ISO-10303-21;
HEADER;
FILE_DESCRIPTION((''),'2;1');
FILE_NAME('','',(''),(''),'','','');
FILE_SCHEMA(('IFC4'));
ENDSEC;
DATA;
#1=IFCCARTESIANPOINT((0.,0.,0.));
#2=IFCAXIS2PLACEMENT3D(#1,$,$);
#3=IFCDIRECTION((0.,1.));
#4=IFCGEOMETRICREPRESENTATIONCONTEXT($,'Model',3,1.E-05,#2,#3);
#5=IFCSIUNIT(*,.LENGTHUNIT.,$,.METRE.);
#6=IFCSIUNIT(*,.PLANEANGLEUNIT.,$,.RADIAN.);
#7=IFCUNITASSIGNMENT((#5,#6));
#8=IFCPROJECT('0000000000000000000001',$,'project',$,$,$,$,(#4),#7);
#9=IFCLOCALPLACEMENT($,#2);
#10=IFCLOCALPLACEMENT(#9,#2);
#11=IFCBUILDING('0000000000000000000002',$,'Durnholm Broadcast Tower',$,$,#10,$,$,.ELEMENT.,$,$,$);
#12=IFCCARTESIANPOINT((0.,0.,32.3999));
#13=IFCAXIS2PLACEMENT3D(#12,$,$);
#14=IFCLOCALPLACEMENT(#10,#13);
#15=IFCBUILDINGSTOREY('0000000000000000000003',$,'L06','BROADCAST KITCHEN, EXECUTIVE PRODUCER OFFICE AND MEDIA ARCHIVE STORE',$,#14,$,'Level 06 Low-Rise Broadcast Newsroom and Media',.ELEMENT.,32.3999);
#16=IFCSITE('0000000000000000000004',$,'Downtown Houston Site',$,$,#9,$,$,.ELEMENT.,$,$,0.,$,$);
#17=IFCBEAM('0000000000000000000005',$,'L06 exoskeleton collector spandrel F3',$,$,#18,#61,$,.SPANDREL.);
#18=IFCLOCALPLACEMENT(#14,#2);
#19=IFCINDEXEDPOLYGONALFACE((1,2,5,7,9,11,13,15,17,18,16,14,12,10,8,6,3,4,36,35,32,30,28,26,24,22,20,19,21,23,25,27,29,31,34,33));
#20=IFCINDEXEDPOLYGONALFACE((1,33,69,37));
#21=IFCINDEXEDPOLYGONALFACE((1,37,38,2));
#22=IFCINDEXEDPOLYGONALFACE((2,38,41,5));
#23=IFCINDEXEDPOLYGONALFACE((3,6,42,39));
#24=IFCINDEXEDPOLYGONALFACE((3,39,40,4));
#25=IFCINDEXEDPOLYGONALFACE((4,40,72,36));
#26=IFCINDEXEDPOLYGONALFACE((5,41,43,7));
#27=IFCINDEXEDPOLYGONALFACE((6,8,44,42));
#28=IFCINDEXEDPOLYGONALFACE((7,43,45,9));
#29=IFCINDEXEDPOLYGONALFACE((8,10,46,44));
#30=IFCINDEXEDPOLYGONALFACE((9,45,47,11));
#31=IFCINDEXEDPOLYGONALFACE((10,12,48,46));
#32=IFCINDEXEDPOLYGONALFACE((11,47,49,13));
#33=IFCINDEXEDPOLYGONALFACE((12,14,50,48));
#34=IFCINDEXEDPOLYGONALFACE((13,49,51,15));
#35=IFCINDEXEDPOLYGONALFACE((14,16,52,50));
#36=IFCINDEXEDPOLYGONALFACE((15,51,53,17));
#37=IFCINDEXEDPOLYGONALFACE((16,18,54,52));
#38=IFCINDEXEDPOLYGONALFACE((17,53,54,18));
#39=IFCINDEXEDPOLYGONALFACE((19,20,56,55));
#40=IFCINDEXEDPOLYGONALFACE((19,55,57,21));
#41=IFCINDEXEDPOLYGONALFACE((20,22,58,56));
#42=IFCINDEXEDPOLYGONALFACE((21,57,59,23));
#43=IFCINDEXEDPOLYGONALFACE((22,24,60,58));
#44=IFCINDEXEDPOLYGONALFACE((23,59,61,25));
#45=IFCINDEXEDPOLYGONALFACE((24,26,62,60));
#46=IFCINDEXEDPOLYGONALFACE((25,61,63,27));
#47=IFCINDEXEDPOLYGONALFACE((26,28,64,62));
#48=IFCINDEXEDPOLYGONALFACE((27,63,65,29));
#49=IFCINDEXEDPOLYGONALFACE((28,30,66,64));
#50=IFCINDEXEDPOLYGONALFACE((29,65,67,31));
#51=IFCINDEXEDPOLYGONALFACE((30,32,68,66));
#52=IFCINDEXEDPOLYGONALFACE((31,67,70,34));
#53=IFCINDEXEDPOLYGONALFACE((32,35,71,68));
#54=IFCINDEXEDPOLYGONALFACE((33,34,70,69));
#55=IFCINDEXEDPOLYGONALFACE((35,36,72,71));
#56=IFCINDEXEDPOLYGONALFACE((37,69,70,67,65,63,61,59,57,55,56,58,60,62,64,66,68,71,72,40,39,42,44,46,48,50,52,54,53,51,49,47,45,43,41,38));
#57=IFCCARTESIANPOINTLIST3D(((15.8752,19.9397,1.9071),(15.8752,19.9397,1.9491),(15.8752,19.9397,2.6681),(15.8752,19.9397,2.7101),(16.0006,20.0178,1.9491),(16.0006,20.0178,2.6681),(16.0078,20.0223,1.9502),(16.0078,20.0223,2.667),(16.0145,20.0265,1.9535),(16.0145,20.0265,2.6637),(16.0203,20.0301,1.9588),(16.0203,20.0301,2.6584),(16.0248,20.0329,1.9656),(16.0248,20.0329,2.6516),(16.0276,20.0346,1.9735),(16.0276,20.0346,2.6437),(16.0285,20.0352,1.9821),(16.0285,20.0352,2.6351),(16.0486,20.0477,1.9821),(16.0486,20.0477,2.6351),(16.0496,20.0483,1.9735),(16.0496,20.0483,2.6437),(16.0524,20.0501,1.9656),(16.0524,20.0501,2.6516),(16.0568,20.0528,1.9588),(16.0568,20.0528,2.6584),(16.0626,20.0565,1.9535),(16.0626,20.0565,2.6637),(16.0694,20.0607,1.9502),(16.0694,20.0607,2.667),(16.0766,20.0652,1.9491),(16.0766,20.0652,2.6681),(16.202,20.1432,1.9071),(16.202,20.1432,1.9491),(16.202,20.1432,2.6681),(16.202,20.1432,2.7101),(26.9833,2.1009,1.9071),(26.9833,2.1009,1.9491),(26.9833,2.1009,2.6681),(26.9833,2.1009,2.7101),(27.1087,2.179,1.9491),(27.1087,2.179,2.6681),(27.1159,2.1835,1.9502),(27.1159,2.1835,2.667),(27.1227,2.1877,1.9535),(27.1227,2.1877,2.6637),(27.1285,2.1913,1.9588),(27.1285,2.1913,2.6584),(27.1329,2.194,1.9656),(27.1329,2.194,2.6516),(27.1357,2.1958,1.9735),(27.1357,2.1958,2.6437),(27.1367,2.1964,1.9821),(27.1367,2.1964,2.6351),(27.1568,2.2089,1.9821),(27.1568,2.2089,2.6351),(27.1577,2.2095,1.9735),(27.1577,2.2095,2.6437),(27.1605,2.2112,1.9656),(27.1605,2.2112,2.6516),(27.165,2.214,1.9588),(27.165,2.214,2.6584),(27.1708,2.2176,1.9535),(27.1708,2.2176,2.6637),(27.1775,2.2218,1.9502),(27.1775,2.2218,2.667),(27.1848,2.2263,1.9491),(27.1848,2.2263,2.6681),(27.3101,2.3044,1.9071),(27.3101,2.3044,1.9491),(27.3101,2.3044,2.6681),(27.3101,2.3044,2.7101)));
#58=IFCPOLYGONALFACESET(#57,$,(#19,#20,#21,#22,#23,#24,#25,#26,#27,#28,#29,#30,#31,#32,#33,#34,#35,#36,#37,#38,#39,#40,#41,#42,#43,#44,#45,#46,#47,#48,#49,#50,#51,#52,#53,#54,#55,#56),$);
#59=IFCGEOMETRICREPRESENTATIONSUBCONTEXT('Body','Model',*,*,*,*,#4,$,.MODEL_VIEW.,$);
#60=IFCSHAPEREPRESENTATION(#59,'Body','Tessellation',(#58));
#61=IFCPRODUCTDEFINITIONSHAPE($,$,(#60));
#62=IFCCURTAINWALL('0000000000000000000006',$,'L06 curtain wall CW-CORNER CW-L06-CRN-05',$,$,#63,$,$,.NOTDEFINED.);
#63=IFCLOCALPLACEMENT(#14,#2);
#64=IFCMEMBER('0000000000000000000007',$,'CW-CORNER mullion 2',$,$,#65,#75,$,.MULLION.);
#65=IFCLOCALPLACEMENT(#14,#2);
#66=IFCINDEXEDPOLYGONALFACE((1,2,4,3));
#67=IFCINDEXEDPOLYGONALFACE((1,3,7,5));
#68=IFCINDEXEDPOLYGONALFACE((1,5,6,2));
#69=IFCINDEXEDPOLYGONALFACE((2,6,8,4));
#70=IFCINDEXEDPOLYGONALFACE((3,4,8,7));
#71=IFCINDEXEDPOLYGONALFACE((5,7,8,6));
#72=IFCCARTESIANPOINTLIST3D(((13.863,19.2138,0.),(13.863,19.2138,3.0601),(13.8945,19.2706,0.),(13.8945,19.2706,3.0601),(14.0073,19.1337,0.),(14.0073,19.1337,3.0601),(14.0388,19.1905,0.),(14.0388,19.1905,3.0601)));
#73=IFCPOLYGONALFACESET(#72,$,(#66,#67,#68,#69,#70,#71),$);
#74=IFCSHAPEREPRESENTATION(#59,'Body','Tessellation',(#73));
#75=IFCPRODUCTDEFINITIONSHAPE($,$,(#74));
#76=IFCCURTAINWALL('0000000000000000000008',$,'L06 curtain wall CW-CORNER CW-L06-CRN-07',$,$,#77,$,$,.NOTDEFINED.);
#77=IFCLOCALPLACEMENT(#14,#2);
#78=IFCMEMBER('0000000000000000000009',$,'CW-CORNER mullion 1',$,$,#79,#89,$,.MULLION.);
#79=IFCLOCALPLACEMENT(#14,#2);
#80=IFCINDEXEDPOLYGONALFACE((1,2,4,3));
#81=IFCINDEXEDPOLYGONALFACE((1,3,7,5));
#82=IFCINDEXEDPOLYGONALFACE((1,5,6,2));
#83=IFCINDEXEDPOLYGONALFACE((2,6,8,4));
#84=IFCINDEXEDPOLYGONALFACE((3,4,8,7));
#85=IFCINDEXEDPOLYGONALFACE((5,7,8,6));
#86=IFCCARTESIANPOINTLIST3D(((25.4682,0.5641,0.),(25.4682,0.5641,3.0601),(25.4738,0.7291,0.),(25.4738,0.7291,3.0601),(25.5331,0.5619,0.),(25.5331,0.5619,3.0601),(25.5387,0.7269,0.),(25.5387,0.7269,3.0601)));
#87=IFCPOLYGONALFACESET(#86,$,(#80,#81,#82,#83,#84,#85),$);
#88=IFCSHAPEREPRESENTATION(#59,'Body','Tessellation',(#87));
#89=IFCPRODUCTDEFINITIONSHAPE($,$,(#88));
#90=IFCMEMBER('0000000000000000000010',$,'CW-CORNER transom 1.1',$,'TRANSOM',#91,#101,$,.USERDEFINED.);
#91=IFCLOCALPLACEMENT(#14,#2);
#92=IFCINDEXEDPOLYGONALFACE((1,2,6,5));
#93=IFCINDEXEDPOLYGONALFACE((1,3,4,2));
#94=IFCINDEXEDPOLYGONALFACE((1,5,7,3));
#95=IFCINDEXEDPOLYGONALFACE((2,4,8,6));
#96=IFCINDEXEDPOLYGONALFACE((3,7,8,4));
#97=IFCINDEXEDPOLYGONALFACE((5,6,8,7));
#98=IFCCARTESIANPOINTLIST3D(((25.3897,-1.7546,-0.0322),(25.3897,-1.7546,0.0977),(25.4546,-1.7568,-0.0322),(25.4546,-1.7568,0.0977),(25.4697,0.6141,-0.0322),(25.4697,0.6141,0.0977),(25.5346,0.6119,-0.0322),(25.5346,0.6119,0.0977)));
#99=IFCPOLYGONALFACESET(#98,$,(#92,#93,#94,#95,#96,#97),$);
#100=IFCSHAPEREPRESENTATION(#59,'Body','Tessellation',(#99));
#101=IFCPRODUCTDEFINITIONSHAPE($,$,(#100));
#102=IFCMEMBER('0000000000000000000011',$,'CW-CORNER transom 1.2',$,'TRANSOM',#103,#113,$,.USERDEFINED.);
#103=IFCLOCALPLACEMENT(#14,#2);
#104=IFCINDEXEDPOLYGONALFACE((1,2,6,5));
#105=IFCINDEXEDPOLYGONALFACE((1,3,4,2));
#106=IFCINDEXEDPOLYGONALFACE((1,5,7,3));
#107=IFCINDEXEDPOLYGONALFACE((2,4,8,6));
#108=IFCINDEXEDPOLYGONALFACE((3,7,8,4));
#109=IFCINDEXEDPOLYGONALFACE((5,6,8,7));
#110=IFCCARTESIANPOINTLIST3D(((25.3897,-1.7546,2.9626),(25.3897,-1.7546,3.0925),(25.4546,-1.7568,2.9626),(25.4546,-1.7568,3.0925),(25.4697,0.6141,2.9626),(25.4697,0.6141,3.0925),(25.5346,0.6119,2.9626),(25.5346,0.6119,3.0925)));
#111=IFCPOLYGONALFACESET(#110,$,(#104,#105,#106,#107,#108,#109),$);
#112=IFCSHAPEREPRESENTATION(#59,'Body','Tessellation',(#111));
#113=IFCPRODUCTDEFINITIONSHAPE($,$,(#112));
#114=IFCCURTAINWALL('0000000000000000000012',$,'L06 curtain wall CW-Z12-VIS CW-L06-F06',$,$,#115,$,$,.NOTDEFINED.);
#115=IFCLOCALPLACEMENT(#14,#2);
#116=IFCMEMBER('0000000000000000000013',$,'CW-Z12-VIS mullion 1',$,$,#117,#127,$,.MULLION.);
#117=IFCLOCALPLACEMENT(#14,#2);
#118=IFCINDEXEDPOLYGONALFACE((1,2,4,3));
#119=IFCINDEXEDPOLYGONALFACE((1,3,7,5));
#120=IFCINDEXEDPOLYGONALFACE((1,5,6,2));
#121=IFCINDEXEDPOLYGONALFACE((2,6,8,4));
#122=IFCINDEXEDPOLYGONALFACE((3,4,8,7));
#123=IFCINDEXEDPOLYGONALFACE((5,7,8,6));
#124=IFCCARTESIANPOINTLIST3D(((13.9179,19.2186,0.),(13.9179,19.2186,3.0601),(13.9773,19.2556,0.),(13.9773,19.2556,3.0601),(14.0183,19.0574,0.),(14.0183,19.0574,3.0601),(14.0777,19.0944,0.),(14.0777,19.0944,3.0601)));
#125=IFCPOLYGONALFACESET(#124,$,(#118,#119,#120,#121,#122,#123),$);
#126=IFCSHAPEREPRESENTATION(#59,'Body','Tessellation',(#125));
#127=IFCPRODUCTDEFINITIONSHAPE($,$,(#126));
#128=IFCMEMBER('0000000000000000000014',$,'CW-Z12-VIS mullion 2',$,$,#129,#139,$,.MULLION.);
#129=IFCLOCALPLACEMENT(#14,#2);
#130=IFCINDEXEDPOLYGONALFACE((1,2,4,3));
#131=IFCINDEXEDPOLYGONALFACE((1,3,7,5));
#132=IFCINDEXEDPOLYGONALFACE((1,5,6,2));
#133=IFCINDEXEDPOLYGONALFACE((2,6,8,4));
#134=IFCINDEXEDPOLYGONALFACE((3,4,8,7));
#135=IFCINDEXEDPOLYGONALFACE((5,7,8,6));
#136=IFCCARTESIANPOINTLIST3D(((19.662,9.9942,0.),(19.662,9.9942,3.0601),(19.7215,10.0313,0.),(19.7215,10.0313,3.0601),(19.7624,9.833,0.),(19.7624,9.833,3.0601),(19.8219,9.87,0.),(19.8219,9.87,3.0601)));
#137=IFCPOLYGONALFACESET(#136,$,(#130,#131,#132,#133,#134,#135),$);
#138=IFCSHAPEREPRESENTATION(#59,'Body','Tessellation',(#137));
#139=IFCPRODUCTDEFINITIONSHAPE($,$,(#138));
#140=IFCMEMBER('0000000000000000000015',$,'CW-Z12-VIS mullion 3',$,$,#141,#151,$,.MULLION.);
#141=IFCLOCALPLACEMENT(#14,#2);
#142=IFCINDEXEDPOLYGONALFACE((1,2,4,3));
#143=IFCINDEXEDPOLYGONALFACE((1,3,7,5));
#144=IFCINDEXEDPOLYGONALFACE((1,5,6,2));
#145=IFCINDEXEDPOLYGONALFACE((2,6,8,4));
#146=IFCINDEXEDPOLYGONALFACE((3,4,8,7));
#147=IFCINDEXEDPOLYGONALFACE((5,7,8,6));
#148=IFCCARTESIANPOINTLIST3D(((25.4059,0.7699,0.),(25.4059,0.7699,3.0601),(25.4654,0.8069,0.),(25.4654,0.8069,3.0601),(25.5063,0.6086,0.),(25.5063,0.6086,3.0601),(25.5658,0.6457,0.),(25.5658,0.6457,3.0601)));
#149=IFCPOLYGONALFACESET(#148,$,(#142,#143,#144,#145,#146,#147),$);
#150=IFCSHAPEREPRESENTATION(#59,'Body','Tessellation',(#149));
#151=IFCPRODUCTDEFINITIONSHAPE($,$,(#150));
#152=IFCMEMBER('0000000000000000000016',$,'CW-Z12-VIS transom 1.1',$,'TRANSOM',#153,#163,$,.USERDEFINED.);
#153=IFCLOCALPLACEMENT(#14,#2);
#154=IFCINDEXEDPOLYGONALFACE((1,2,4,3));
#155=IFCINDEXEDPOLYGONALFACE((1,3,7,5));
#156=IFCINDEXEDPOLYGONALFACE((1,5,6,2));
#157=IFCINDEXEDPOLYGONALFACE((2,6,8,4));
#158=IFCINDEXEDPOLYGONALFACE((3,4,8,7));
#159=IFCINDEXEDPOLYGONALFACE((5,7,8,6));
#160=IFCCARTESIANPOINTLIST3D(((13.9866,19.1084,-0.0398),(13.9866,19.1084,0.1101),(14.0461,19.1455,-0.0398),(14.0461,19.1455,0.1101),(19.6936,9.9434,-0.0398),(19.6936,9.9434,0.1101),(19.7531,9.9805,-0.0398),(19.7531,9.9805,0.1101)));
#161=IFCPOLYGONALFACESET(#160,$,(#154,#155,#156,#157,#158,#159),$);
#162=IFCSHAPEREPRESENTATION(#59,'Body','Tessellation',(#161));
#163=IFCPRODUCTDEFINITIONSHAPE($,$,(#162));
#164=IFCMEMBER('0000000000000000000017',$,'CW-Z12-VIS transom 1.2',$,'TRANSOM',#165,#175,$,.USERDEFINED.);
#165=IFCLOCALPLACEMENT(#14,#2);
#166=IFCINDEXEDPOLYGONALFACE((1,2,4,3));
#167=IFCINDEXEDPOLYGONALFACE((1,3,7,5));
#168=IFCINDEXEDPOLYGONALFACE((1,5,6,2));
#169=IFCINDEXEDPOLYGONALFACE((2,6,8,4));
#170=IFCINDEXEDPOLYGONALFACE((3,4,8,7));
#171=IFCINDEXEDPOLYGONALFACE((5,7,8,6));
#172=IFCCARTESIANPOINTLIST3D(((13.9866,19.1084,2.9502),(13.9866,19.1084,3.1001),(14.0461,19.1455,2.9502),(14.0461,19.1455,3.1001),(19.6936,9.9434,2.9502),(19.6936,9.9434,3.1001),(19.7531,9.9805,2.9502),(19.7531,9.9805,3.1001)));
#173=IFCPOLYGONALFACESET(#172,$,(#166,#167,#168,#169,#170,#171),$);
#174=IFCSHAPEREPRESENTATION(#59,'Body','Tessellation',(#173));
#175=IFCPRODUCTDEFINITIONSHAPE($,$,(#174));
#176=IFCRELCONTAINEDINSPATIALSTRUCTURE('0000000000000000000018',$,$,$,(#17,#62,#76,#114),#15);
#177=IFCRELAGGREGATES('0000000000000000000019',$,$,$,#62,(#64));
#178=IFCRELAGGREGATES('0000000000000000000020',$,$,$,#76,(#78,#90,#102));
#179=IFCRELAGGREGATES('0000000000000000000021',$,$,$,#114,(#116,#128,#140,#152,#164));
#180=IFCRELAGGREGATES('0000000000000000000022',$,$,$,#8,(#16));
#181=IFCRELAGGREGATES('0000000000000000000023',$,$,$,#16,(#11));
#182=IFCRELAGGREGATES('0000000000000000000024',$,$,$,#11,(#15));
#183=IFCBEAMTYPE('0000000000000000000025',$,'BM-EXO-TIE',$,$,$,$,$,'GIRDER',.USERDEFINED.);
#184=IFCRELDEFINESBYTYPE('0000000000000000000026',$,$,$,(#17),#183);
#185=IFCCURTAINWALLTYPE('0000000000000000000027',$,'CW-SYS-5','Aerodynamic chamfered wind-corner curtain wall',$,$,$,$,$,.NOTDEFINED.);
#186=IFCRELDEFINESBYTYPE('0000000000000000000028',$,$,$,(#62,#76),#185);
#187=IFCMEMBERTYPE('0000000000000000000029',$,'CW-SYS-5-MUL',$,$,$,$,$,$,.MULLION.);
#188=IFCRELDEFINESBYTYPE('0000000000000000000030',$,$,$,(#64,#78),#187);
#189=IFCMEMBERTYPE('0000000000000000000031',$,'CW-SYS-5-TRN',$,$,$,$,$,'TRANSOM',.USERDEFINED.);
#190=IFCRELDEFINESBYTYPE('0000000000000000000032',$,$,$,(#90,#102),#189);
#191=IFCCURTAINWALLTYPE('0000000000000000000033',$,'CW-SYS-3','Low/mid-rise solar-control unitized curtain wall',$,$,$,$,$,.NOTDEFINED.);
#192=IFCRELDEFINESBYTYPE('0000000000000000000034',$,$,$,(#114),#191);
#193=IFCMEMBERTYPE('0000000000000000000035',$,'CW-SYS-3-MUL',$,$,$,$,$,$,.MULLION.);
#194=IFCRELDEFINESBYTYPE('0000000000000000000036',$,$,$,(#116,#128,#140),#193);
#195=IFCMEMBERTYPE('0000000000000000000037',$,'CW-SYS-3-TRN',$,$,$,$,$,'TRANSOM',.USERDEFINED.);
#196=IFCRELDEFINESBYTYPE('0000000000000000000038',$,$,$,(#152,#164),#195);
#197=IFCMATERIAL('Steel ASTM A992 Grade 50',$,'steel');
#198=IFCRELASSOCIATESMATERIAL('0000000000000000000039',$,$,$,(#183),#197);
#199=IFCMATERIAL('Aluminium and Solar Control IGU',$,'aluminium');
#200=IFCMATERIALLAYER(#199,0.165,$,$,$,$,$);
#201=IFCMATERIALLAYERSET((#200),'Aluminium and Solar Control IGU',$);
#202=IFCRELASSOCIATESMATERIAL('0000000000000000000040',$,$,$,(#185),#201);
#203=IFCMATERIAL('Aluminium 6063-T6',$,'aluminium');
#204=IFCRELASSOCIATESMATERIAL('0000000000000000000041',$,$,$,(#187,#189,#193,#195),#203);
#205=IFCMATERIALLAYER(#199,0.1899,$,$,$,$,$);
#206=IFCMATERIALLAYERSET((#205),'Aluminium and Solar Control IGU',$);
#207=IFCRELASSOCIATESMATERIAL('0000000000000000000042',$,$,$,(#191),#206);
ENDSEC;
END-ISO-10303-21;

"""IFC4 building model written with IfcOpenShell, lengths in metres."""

from ifc_helpers import new_model, si_unit, direction, frame, origin, origin_2d, place, context, subcontext, project, spatial, rectangle, i_section, extrude, source, transform, mapped, material, layer, layer_set, material_profile, profile_set, type_object, type_shapes, element, aggregate, save


model = new_model("IFC4")

# Units and contexts
model_context = context("Model", 3, precision=1e-05, world=origin(), true_north=direction((0.0, 1.0)))
body_context = subcontext(model_context, "Body", "Model", "MODEL_VIEW")
ifc_project = project(units=[si_unit("LENGTHUNIT", "METRE"), si_unit("PLANEANGLEUNIT", "RADIAN")], contexts=[model_context])

# Site, building, storey
site_placement = place(None, origin())
site = spatial("IfcSite", under=ifc_project, at=site_placement, Name="Downtown Houston Site", CompositionType="ELEMENT", RefElevation=0.0)
building_placement = place(site_placement, origin())
building = spatial("IfcBuilding", under=site, at=building_placement, Name="Durnholm Broadcast Tower", CompositionType="ELEMENT")
storey_placement = place(building_placement, frame((0.0, 0.0, 32.3999)))
storey = spatial("IfcBuildingStorey", under=building, at=storey_placement, Name="L06", Description="BROADCAST KITCHEN, EXECUTIVE PRODUCER OFFICE AND MEDIA ARCHIVE STORE", LongName="Level 06 Low-Rise Broadcast Newsroom and Media", CompositionType="ELEMENT", Elevation=32.3999)

# Shared definitions
ifc_material_1 = material(Name="Steel ASTM A992 Grade 50", Category="steel")
ifc_material_profile_1 = material_profile(ifc_material_1, i_section(OverallWidth=0.385, OverallDepth=0.803, WebThickness=0.0237, FlangeThickness=0.042, FilletRadius=0.033, at=origin_2d()), Name="W30X261")
ifc_profile_set_1 = profile_set([ifc_material_profile_1], Name="Steel ASTM A992 Grade 50")
beam_type_1 = type_object("IfcBeamType", Name="BM-EXO-TIE", ElementType="GIRDER", PredefinedType="USERDEFINED", material=ifc_profile_set_1)

# Beam
shared_shape_1 = source(origin(), body_context, "Body", "SweptSolid", [
    extrude(i_section(OverallWidth=0.385, OverallDepth=0.803, WebThickness=0.0237, FlangeThickness=0.042, FilletRadius=0.033, at=origin_2d()), origin(), (0.0, 0.0, 1.0), 21.0146),
])
for number, where, z_axis, x_axis, name in (
    (1, (27.1467, 2.2026, 2.3086), (-0.528591, 0.848877, 0.0), (-0.848877, -0.528591, 0.0), "L06 exoskeleton collector spandrel F3"),
):
    element("IfcBeam", number, at=place(storey_placement, frame(where, z_axis=z_axis, x_axis=x_axis)), inside=storey, type_object=beam_type_1, Name=name, PredefinedType="SPANDREL", context=body_context, shape_type="MappedRepresentation", body=[
        mapped(shared_shape_1, transform((0.0, 0.0, 0.0), x_axis=(1.0, 0.0, 0.0), y_axis=(0.0, 1.0, 0.0), z_axis=(0.0, 0.0, 1.0), scale=1.0)),
    ])

# Curtain wall, member
ifc_material_2 = material(Name="Aluminium and Solar Control IGU", Category="aluminium")
ifc_layer_1 = layer(ifc_material_2, 0.165)
ifc_layer_set_1 = layer_set([ifc_layer_1], Name="Aluminium and Solar Control IGU")
curtain_wall_type_1 = type_object("IfcCurtainWallType", Name="CW-SYS-5", Description="Aerodynamic chamfered wind-corner curtain wall", PredefinedType="NOTDEFINED", material=ifc_layer_set_1)
curtain_wall_1_placement = place(storey_placement, origin())
curtain_wall_1 = element("IfcCurtainWall", 2, at=curtain_wall_1_placement, inside=storey, type_object=curtain_wall_type_1, Name="L06 curtain wall CW-CORNER CW-L06-CRN-05", PredefinedType="NOTDEFINED")
ifc_material_3 = material(Name="Aluminium 6063-T6", Category="aluminium")
ifc_material_profile_2 = material_profile(ifc_material_3, rectangle(XDim=0.0649, YDim=0.165, at=origin_2d()), Name="CWM65X165")
ifc_profile_set_2 = profile_set([ifc_material_profile_2], Name="Aluminium 6063-T6")
member_type_1 = type_object("IfcMemberType", Name="CW-SYS-5-MUL", PredefinedType="MULLION", material=ifc_profile_set_2)
shared_shape_2 = source(origin(), body_context, "Body", "SweptSolid", [
    extrude(rectangle(XDim=0.0649, YDim=0.165, at=origin_2d()), origin(), (0.0, 0.0, 1.0), 3.0601),
])
type_shapes(member_type_1, [shared_shape_2])
member_1_placement = place(storey_placement, frame((13.9509, 19.2021, 0.0), z_axis=(0.0, 0.0, 1.0), x_axis=(0.485483, 0.874246, 0.0)))
member_1 = element("IfcMember", 3, at=member_1_placement, type_object=member_type_1, Name="CW-CORNER mullion 2", PredefinedType="MULLION", context=body_context, shape_type="MappedRepresentation", body=[
    mapped(shared_shape_2, transform((0.0, 0.0, 0.0), x_axis=(1.0, 0.0, 0.0), y_axis=(0.0, 1.0, 0.0), z_axis=(0.0, 0.0, 1.0), scale=1.0)),
])
aggregate(curtain_wall_1, [member_1])

# Curtain walls, members
curtain_wall_2_placement = place(storey_placement, origin())
curtain_wall_2 = element("IfcCurtainWall", 4, at=curtain_wall_2_placement, inside=storey, type_object=curtain_wall_type_1, Name="L06 curtain wall CW-CORNER CW-L06-CRN-07", PredefinedType="NOTDEFINED")
member_2_placement = place(storey_placement, frame((25.5034, 0.6455, 0.0), z_axis=(0.0, 0.0, 1.0), x_axis=(0.999427, -0.03384, 0.0)))
member_2 = element("IfcMember", 5, at=member_2_placement, type_object=member_type_1, Name="CW-CORNER mullion 1", PredefinedType="MULLION", context=body_context, shape_type="MappedRepresentation", body=[
    mapped(shared_shape_2, transform((0.0, 0.0, 0.0), x_axis=(1.0, 0.0, 0.0), y_axis=(0.0, 1.0, 0.0), z_axis=(0.0, 0.0, 1.0), scale=1.0)),
])
ifc_material_profile_3 = material_profile(ifc_material_3, rectangle(XDim=0.0649, YDim=0.1299, at=origin_2d()), Name="CWT65X130")
ifc_profile_set_3 = profile_set([ifc_material_profile_3], Name="Aluminium 6063-T6")
member_type_2 = type_object("IfcMemberType", Name="CW-SYS-5-TRN", ElementType="TRANSOM", PredefinedType="USERDEFINED", material=ifc_profile_set_3)
shared_shape_3 = source(origin(), body_context, "Body", "SweptSolid", [
    extrude(rectangle(XDim=0.0649, YDim=0.1299, at=origin_2d()), origin(), (0.0, 0.0, 1.0), 2.3701),
])
type_shapes(member_type_2, [shared_shape_3])
member_3_placement = place(storey_placement, frame((25.5022, 0.613, 0.0327), z_axis=(-0.033788, -0.999429, 0.0), x_axis=(0.999429, -0.033788, 0.0)))
member_3 = element("IfcMember", 6, at=member_3_placement, type_object=member_type_2, Name="CW-CORNER transom 1.1", ObjectType="TRANSOM", PredefinedType="USERDEFINED", context=body_context, shape_type="MappedRepresentation", body=[
    mapped(shared_shape_3, transform((0.0, 0.0, 0.0), x_axis=(1.0, 0.0, 0.0), y_axis=(0.0, 1.0, 0.0), z_axis=(0.0, 0.0, 1.0), scale=1.0)),
])
member_4_placement = place(storey_placement, frame((25.5022, 0.613, 3.0276), z_axis=(-0.033788, -0.999429, 0.0), x_axis=(0.999429, -0.033788, 0.0)))
member_4 = element("IfcMember", 7, at=member_4_placement, type_object=member_type_2, Name="CW-CORNER transom 1.2", ObjectType="TRANSOM", PredefinedType="USERDEFINED", context=body_context, shape_type="MappedRepresentation", body=[
    mapped(shared_shape_3, transform((0.0, 0.0, 0.0), x_axis=(1.0, 0.0, 0.0), y_axis=(0.0, 1.0, 0.0), z_axis=(0.0, 0.0, 1.0), scale=1.0)),
])
aggregate(curtain_wall_2, [member_2, member_3, member_4])
ifc_layer_2 = layer(ifc_material_2, 0.1899)
ifc_layer_set_2 = layer_set([ifc_layer_2], Name="Aluminium and Solar Control IGU")
curtain_wall_type_2 = type_object("IfcCurtainWallType", Name="CW-SYS-3", Description="Low/mid-rise solar-control unitized curtain wall", PredefinedType="NOTDEFINED", material=ifc_layer_set_2)
curtain_wall_3_placement = place(storey_placement, origin())
curtain_wall_3 = element("IfcCurtainWall", 8, at=curtain_wall_3_placement, inside=storey, type_object=curtain_wall_type_2, Name="L06 curtain wall CW-Z12-VIS CW-L06-F06", PredefinedType="NOTDEFINED")
ifc_material_profile_4 = material_profile(ifc_material_3, rectangle(XDim=0.0701, YDim=0.1899, at=origin_2d()), Name="CWM70X190")
ifc_profile_set_4 = profile_set([ifc_material_profile_4], Name="Aluminium 6063-T6")
member_type_3 = type_object("IfcMemberType", Name="CW-SYS-3-MUL", PredefinedType="MULLION", material=ifc_profile_set_4)
shared_shape_4 = source(origin(), body_context, "Body", "SweptSolid", [
    extrude(rectangle(XDim=0.0701, YDim=0.1899, at=origin_2d()), origin(), (0.0, 0.0, 1.0), 3.0601),
])
type_shapes(member_type_3, [shared_shape_4])
member_5_placement = place(storey_placement, frame((13.9978, 19.1565, 0.0), z_axis=(0.0, 0.0, 1.0), x_axis=(0.848876, 0.528592, 0.0)))
member_5 = element("IfcMember", 9, at=member_5_placement, type_object=member_type_3, Name="CW-Z12-VIS mullion 1", PredefinedType="MULLION", context=body_context, shape_type="MappedRepresentation", body=[
    mapped(shared_shape_4, transform((0.0, 0.0, 0.0), x_axis=(1.0, 0.0, 0.0), y_axis=(0.0, 1.0, 0.0), z_axis=(0.0, 0.0, 1.0), scale=1.0)),
])
member_6_placement = place(storey_placement, frame((19.7419, 9.9321, 0.0), z_axis=(0.0, 0.0, 1.0), x_axis=(0.848876, 0.528592, 0.0)))
member_6 = element("IfcMember", 10, at=member_6_placement, type_object=member_type_3, Name="CW-Z12-VIS mullion 2", PredefinedType="MULLION", context=body_context, shape_type="MappedRepresentation", body=[
    mapped(shared_shape_4, transform((0.0, 0.0, 0.0), x_axis=(1.0, 0.0, 0.0), y_axis=(0.0, 1.0, 0.0), z_axis=(0.0, 0.0, 1.0), scale=1.0)),
])
member_7_placement = place(storey_placement, frame((25.4858, 0.7078, 0.0), z_axis=(0.0, 0.0, 1.0), x_axis=(0.848876, 0.528592, 0.0)))
member_7 = element("IfcMember", 11, at=member_7_placement, type_object=member_type_3, Name="CW-Z12-VIS mullion 3", PredefinedType="MULLION", context=body_context, shape_type="MappedRepresentation", body=[
    mapped(shared_shape_4, transform((0.0, 0.0, 0.0), x_axis=(1.0, 0.0, 0.0), y_axis=(0.0, 1.0, 0.0), z_axis=(0.0, 0.0, 1.0), scale=1.0)),
])
ifc_material_profile_5 = material_profile(ifc_material_3, rectangle(XDim=0.0701, YDim=0.1499, at=origin_2d()), Name="CWT70X150")
ifc_profile_set_5 = profile_set([ifc_material_profile_5], Name="Aluminium 6063-T6")
member_type_4 = type_object("IfcMemberType", Name="CW-SYS-3-TRN", ElementType="TRANSOM", PredefinedType="USERDEFINED", material=ifc_profile_set_5)
shared_shape_5 = source(origin(), body_context, "Body", "SweptSolid", [
    extrude(rectangle(XDim=0.0701, YDim=0.1499, at=origin_2d()), origin(), (0.0, 0.0, 1.0), 10.7966),
])
type_shapes(member_type_4, [shared_shape_5])
member_8_placement = place(storey_placement, frame((14.0164, 19.127, 0.0352), z_axis=(0.528592, -0.848876, 0.0), x_axis=(0.848876, 0.528592, 0.0)))
member_8 = element("IfcMember", 12, at=member_8_placement, type_object=member_type_4, Name="CW-Z12-VIS transom 1.1", ObjectType="TRANSOM", PredefinedType="USERDEFINED", context=body_context, shape_type="MappedRepresentation", body=[
    mapped(shared_shape_5, transform((0.0, 0.0, 0.0), x_axis=(1.0, 0.0, 0.0), y_axis=(0.0, 1.0, 0.0), z_axis=(0.0, 0.0, 1.0), scale=1.0)),
])
member_9_placement = place(storey_placement, frame((14.0164, 19.127, 3.0251), z_axis=(0.528592, -0.848876, 0.0), x_axis=(0.848876, 0.528592, 0.0)))
member_9 = element("IfcMember", 13, at=member_9_placement, type_object=member_type_4, Name="CW-Z12-VIS transom 1.2", ObjectType="TRANSOM", PredefinedType="USERDEFINED", context=body_context, shape_type="MappedRepresentation", body=[
    mapped(shared_shape_5, transform((0.0, 0.0, 0.0), x_axis=(1.0, 0.0, 0.0), y_axis=(0.0, 1.0, 0.0), z_axis=(0.0, 0.0, 1.0), scale=1.0)),
])

aggregate(curtain_wall_3, [member_5, member_6, member_7, member_8, member_9])

save(model, "model.ifc")
